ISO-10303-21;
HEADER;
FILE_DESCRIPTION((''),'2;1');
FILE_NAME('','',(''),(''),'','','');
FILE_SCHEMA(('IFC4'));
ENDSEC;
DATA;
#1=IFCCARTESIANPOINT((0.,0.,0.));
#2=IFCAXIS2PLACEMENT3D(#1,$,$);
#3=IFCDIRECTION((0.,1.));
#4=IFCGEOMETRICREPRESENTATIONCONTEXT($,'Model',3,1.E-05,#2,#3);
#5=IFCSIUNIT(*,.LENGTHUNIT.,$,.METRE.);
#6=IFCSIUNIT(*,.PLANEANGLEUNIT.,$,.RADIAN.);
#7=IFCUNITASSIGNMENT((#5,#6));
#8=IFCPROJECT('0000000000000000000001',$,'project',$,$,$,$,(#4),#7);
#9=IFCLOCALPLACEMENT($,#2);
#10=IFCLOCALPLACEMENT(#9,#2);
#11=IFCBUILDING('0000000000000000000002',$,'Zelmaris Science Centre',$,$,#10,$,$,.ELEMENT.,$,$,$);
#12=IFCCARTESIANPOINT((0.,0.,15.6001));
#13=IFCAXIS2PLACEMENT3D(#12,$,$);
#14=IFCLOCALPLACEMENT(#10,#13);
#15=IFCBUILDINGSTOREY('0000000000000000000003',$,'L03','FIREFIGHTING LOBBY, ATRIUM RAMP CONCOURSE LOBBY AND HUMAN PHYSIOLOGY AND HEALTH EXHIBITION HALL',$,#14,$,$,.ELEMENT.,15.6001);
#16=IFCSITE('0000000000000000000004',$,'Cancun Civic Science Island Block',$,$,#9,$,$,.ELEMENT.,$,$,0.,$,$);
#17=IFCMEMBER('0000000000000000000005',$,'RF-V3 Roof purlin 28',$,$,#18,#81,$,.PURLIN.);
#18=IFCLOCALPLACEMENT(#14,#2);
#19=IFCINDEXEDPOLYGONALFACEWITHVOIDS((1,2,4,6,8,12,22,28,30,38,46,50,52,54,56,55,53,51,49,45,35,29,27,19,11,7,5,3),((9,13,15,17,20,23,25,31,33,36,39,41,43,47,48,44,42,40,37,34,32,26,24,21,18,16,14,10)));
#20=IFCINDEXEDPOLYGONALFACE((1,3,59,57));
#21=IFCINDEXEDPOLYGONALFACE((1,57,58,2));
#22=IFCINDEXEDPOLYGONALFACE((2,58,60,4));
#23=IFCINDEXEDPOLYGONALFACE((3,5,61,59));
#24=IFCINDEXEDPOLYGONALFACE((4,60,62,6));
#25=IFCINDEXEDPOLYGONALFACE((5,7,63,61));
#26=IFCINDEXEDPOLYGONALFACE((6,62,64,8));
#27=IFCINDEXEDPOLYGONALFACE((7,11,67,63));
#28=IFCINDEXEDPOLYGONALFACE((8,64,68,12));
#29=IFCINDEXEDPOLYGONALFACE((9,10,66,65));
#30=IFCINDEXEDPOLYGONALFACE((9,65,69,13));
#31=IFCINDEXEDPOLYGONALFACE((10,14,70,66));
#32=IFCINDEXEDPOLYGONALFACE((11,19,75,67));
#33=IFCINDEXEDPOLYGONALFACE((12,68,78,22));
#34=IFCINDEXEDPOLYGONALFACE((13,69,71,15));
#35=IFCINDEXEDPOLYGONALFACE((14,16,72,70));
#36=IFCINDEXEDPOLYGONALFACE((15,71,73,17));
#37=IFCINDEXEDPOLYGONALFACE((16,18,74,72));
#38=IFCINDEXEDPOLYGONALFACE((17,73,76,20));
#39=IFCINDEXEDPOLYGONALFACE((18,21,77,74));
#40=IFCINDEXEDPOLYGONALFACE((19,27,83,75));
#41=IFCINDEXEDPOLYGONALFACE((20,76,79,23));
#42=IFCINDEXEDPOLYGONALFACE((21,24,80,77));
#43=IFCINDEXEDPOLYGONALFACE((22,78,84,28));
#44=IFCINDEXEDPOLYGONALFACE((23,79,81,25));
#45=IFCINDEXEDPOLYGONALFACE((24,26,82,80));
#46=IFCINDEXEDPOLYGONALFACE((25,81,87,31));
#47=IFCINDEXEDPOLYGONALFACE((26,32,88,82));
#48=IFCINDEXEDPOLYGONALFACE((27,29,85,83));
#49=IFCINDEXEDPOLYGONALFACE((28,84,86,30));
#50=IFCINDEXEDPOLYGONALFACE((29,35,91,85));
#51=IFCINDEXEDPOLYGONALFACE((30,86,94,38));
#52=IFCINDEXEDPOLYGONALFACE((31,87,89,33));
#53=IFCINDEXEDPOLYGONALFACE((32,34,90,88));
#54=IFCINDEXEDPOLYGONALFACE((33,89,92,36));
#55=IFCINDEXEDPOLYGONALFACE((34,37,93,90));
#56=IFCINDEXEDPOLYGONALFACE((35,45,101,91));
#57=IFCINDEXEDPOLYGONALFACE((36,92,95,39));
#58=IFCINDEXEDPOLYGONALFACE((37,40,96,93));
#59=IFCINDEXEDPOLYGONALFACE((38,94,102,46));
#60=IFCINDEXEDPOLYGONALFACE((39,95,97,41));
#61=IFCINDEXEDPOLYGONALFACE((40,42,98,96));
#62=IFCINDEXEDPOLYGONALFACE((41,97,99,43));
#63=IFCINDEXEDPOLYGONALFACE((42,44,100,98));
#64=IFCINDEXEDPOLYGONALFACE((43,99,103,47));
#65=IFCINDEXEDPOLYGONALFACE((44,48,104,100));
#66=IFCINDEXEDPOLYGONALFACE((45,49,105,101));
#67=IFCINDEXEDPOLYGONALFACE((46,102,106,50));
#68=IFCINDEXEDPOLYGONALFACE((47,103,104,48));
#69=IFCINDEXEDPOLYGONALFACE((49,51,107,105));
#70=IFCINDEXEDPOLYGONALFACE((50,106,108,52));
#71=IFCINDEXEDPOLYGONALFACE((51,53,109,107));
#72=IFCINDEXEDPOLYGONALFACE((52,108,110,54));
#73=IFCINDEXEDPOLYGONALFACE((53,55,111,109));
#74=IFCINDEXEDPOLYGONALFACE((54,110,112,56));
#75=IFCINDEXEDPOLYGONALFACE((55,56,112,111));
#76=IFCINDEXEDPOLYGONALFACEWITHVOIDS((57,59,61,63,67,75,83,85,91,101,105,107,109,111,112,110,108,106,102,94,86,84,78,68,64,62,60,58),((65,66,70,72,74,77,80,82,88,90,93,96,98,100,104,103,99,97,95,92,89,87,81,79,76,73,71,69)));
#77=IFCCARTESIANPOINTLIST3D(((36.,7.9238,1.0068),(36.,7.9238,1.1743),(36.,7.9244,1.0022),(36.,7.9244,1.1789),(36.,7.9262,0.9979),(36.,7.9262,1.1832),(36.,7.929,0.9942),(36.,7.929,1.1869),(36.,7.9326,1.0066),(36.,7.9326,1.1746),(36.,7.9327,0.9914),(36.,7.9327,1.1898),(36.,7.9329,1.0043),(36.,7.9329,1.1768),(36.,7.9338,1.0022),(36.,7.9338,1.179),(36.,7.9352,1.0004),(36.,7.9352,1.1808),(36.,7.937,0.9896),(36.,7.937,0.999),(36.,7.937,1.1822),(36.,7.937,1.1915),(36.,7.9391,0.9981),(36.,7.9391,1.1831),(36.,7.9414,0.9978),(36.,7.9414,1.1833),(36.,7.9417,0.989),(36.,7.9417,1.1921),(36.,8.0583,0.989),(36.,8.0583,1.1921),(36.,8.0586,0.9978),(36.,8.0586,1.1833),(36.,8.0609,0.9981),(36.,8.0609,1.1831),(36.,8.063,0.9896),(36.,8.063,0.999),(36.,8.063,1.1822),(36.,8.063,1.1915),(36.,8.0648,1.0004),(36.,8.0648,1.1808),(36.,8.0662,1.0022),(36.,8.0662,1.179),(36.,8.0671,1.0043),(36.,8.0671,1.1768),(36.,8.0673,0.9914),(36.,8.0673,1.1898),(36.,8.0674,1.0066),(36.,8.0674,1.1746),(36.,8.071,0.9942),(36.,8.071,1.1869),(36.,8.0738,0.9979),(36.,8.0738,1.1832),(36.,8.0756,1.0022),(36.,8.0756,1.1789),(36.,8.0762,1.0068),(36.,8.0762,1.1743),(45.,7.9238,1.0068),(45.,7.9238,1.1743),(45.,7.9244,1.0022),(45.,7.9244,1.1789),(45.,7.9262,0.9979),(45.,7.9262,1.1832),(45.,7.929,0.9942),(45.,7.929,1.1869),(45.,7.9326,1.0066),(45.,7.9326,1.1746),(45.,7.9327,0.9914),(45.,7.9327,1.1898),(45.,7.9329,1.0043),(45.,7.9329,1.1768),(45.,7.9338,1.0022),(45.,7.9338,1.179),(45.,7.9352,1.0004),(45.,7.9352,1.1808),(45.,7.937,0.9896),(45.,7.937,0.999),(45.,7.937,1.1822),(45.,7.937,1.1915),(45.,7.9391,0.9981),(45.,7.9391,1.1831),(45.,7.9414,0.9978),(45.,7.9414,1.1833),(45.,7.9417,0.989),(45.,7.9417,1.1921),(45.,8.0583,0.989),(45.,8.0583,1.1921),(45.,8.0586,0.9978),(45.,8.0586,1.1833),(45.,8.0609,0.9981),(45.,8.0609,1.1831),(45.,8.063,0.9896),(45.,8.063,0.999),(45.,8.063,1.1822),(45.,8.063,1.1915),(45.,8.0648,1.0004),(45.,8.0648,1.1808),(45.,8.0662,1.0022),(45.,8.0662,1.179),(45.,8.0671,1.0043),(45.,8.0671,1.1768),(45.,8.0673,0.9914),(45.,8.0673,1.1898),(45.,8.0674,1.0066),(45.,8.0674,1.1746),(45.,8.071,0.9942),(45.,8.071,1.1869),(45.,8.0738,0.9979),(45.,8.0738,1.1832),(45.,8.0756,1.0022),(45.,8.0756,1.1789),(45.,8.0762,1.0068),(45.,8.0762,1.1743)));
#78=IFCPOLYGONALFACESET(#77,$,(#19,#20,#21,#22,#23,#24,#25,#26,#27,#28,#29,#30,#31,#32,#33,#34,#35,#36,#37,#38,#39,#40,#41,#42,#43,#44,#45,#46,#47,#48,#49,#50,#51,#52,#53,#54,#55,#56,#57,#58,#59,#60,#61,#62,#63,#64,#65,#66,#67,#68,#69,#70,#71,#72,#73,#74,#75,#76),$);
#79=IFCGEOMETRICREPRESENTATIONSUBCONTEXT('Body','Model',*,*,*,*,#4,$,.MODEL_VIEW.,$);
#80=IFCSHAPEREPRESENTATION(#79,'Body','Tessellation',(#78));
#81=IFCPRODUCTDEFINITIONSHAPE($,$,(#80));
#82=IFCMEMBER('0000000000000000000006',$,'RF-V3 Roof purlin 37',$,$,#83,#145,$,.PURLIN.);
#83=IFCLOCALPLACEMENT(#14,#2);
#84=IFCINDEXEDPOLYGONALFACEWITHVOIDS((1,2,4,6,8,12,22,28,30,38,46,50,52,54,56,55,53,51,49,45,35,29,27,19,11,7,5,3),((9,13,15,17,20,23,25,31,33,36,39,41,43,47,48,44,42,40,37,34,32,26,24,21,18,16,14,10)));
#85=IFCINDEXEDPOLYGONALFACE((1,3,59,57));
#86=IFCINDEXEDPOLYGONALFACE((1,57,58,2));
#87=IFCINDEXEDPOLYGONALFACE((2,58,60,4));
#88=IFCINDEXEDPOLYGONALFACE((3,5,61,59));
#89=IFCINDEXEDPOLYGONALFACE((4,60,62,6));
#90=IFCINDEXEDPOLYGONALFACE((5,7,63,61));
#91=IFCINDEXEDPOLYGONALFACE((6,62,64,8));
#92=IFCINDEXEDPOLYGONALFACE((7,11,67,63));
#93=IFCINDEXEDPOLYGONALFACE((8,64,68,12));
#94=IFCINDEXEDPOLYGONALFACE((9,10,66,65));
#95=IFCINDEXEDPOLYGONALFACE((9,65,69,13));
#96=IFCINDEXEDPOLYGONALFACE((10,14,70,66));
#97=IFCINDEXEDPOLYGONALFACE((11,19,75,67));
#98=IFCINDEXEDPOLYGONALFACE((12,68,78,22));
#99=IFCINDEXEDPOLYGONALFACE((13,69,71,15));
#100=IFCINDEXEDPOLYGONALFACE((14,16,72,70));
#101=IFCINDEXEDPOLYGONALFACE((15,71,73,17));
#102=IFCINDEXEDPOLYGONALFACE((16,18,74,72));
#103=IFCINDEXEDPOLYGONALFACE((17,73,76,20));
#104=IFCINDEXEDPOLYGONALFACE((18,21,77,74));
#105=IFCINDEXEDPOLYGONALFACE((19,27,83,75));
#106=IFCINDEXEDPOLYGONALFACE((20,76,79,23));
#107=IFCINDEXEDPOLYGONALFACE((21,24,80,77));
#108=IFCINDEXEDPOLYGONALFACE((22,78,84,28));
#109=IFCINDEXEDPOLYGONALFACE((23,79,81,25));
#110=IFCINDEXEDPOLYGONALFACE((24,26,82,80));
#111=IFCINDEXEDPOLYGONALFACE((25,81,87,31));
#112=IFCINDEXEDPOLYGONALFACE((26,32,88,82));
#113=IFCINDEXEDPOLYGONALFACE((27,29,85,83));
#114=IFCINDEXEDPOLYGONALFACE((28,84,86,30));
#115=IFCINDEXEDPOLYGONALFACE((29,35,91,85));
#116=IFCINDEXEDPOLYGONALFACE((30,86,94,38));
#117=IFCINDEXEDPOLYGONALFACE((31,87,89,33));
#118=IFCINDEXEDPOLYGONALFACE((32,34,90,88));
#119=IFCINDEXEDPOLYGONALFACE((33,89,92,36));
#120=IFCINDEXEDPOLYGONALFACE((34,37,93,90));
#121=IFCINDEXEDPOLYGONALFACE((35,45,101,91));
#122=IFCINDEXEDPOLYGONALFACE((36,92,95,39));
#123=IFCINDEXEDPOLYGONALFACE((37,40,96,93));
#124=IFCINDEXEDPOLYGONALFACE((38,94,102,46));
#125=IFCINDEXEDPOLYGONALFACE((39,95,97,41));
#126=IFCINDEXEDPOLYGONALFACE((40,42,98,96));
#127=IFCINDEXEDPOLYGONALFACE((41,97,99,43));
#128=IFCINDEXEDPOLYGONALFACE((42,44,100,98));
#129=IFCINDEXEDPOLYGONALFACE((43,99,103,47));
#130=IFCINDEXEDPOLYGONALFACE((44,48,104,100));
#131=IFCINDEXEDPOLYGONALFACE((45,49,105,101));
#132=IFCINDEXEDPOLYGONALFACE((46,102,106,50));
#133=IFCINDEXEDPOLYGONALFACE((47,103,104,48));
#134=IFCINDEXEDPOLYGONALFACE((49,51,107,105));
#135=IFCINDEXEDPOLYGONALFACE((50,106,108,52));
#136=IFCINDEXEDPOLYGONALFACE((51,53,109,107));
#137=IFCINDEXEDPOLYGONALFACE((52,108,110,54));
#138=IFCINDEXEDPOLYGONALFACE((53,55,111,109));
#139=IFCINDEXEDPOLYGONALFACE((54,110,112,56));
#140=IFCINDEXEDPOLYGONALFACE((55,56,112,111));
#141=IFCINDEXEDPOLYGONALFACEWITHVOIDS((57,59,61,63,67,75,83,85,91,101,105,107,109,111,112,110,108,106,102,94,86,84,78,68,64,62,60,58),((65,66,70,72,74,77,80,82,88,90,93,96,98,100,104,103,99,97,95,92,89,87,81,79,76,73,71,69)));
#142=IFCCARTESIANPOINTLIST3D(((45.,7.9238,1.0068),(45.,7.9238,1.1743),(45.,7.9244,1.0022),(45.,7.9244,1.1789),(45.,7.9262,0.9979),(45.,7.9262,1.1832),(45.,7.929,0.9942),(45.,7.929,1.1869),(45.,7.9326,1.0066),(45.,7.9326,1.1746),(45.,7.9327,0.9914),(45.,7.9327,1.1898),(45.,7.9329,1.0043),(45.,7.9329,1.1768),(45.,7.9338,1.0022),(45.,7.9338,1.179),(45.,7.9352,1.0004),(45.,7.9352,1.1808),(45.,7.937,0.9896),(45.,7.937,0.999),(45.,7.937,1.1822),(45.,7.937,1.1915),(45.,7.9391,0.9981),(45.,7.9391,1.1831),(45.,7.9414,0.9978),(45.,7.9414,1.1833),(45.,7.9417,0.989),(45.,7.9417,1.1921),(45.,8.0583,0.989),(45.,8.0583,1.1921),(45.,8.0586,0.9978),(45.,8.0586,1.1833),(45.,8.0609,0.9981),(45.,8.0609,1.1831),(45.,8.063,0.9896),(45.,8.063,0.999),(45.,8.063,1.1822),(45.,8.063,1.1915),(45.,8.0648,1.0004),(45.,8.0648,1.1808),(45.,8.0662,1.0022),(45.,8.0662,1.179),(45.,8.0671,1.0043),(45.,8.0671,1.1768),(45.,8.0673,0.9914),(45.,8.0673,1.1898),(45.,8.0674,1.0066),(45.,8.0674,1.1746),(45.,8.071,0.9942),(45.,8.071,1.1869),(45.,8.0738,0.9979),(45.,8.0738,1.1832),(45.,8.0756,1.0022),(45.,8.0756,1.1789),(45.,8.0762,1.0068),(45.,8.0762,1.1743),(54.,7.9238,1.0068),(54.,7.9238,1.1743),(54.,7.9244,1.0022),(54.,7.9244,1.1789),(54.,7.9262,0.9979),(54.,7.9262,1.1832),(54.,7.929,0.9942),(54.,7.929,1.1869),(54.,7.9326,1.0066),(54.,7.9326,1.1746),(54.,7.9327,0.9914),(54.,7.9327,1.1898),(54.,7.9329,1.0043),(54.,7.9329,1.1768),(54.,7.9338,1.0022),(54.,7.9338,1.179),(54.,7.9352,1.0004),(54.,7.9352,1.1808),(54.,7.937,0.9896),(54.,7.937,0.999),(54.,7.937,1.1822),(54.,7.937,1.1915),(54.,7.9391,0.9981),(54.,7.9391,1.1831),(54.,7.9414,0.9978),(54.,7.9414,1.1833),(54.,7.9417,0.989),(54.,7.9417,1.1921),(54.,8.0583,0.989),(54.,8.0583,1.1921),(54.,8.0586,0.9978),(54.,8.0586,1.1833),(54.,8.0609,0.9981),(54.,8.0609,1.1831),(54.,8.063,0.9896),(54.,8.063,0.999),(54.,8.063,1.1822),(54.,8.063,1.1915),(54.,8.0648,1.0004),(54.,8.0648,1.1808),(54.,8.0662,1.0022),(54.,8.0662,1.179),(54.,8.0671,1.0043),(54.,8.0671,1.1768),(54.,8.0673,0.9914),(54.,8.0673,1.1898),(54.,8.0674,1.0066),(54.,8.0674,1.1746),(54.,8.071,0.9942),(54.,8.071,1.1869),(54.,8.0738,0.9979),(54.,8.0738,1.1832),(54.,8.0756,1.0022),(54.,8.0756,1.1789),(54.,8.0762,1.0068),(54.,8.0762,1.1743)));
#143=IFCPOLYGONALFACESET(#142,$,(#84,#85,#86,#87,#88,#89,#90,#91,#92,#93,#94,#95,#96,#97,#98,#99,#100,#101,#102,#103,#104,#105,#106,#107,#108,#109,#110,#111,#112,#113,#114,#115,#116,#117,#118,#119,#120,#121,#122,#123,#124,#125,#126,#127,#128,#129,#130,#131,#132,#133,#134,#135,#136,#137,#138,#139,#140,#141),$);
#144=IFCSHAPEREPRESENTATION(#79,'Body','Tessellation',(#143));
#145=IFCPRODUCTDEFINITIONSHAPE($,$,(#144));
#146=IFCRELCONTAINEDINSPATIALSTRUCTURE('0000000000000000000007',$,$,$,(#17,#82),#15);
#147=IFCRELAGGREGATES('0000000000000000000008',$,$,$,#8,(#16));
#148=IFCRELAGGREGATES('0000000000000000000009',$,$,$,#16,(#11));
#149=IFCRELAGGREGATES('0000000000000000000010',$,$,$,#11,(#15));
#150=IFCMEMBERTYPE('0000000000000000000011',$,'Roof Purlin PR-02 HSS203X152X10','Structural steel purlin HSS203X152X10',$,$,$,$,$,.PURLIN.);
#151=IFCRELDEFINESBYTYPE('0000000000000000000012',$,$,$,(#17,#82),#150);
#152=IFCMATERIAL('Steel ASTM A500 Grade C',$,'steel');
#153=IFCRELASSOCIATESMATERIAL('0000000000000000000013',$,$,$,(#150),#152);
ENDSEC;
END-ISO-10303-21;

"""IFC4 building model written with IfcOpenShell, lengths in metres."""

from ifc_helpers import new_model, si_unit, direction, frame, origin, origin_2d, place, context, subcontext, project, spatial, hollow_rectangle, extrude, material, material_profile, profile_set, type_object, element, save


model = new_model("IFC4")

# Units and contexts
model_context = context("Model", 3, precision=1e-05, world=origin(), true_north=direction((0.0, 1.0)))
body_context = subcontext(model_context, "Body", "Model", "MODEL_VIEW")
ifc_project = project(units=[si_unit("LENGTHUNIT", "METRE"), si_unit("PLANEANGLEUNIT", "RADIAN")], contexts=[model_context])

# Site, building, storey
site_placement = place(None, origin())
site = spatial("IfcSite", under=ifc_project, at=site_placement, Name="Cancun Civic Science Island Block", CompositionType="ELEMENT", RefElevation=0.0)
building_placement = place(site_placement, origin())
building = spatial("IfcBuilding", under=site, at=building_placement, Name="Zelmaris Science Centre", CompositionType="ELEMENT")
storey_placement = place(building_placement, frame((0.0, 0.0, 15.6001)))
storey = spatial("IfcBuildingStorey", under=building, at=storey_placement, Name="L03", Description="FIREFIGHTING LOBBY, ATRIUM RAMP CONCOURSE LOBBY AND HUMAN PHYSIOLOGY AND HEALTH EXHIBITION HALL", CompositionType="ELEMENT", Elevation=15.6001)

# Shared definitions
ifc_material = material(Name="Steel ASTM A500 Grade C", Category="steel")

# Members
ifc_material_profile_1 = material_profile(ifc_material, hollow_rectangle(XDim=0.1523, YDim=0.2031, WallThickness=0.0088, InnerFilletRadius=0.0088, OuterFilletRadius=0.0178, at=origin_2d()), Name="HSS203X152X10")
ifc_profile_set_1 = profile_set([ifc_material_profile_1], Name="Steel ASTM A500 Grade C")
member_type_1 = type_object("IfcMemberType", Name="Roof Purlin PR-02 HSS203X152X10", Description="Structural steel purlin HSS203X152X10", PredefinedType="PURLIN", material=ifc_profile_set_1)
for number, where, z_axis, x_axis, name in (
    (1, (36.0, 8.0, 1.0906), (1.0, 0.0, 0.0), (0.0, 1.0, 0.0), "RF-V3 Roof purlin 28"),
    (2, (45.0, 8.0, 1.0906), (1.0, 0.0, 0.0), (0.0, 1.0, 0.0), "RF-V3 Roof purlin 37"),
):
    element("IfcMember", number, at=place(storey_placement, frame(where, z_axis=z_axis, x_axis=x_axis)), inside=storey, type_object=member_type_1, Name=name, PredefinedType="PURLIN", context=body_context, shape_type="SweptSolid", body=[
        extrude(hollow_rectangle(XDim=0.1523, YDim=0.2031, WallThickness=0.0088, InnerFilletRadius=0.0088, OuterFilletRadius=0.0178, at=origin_2d()), origin(), (0.0, 0.0, 1.0), 9.0),
    ])

save(model, "model.ifc")
